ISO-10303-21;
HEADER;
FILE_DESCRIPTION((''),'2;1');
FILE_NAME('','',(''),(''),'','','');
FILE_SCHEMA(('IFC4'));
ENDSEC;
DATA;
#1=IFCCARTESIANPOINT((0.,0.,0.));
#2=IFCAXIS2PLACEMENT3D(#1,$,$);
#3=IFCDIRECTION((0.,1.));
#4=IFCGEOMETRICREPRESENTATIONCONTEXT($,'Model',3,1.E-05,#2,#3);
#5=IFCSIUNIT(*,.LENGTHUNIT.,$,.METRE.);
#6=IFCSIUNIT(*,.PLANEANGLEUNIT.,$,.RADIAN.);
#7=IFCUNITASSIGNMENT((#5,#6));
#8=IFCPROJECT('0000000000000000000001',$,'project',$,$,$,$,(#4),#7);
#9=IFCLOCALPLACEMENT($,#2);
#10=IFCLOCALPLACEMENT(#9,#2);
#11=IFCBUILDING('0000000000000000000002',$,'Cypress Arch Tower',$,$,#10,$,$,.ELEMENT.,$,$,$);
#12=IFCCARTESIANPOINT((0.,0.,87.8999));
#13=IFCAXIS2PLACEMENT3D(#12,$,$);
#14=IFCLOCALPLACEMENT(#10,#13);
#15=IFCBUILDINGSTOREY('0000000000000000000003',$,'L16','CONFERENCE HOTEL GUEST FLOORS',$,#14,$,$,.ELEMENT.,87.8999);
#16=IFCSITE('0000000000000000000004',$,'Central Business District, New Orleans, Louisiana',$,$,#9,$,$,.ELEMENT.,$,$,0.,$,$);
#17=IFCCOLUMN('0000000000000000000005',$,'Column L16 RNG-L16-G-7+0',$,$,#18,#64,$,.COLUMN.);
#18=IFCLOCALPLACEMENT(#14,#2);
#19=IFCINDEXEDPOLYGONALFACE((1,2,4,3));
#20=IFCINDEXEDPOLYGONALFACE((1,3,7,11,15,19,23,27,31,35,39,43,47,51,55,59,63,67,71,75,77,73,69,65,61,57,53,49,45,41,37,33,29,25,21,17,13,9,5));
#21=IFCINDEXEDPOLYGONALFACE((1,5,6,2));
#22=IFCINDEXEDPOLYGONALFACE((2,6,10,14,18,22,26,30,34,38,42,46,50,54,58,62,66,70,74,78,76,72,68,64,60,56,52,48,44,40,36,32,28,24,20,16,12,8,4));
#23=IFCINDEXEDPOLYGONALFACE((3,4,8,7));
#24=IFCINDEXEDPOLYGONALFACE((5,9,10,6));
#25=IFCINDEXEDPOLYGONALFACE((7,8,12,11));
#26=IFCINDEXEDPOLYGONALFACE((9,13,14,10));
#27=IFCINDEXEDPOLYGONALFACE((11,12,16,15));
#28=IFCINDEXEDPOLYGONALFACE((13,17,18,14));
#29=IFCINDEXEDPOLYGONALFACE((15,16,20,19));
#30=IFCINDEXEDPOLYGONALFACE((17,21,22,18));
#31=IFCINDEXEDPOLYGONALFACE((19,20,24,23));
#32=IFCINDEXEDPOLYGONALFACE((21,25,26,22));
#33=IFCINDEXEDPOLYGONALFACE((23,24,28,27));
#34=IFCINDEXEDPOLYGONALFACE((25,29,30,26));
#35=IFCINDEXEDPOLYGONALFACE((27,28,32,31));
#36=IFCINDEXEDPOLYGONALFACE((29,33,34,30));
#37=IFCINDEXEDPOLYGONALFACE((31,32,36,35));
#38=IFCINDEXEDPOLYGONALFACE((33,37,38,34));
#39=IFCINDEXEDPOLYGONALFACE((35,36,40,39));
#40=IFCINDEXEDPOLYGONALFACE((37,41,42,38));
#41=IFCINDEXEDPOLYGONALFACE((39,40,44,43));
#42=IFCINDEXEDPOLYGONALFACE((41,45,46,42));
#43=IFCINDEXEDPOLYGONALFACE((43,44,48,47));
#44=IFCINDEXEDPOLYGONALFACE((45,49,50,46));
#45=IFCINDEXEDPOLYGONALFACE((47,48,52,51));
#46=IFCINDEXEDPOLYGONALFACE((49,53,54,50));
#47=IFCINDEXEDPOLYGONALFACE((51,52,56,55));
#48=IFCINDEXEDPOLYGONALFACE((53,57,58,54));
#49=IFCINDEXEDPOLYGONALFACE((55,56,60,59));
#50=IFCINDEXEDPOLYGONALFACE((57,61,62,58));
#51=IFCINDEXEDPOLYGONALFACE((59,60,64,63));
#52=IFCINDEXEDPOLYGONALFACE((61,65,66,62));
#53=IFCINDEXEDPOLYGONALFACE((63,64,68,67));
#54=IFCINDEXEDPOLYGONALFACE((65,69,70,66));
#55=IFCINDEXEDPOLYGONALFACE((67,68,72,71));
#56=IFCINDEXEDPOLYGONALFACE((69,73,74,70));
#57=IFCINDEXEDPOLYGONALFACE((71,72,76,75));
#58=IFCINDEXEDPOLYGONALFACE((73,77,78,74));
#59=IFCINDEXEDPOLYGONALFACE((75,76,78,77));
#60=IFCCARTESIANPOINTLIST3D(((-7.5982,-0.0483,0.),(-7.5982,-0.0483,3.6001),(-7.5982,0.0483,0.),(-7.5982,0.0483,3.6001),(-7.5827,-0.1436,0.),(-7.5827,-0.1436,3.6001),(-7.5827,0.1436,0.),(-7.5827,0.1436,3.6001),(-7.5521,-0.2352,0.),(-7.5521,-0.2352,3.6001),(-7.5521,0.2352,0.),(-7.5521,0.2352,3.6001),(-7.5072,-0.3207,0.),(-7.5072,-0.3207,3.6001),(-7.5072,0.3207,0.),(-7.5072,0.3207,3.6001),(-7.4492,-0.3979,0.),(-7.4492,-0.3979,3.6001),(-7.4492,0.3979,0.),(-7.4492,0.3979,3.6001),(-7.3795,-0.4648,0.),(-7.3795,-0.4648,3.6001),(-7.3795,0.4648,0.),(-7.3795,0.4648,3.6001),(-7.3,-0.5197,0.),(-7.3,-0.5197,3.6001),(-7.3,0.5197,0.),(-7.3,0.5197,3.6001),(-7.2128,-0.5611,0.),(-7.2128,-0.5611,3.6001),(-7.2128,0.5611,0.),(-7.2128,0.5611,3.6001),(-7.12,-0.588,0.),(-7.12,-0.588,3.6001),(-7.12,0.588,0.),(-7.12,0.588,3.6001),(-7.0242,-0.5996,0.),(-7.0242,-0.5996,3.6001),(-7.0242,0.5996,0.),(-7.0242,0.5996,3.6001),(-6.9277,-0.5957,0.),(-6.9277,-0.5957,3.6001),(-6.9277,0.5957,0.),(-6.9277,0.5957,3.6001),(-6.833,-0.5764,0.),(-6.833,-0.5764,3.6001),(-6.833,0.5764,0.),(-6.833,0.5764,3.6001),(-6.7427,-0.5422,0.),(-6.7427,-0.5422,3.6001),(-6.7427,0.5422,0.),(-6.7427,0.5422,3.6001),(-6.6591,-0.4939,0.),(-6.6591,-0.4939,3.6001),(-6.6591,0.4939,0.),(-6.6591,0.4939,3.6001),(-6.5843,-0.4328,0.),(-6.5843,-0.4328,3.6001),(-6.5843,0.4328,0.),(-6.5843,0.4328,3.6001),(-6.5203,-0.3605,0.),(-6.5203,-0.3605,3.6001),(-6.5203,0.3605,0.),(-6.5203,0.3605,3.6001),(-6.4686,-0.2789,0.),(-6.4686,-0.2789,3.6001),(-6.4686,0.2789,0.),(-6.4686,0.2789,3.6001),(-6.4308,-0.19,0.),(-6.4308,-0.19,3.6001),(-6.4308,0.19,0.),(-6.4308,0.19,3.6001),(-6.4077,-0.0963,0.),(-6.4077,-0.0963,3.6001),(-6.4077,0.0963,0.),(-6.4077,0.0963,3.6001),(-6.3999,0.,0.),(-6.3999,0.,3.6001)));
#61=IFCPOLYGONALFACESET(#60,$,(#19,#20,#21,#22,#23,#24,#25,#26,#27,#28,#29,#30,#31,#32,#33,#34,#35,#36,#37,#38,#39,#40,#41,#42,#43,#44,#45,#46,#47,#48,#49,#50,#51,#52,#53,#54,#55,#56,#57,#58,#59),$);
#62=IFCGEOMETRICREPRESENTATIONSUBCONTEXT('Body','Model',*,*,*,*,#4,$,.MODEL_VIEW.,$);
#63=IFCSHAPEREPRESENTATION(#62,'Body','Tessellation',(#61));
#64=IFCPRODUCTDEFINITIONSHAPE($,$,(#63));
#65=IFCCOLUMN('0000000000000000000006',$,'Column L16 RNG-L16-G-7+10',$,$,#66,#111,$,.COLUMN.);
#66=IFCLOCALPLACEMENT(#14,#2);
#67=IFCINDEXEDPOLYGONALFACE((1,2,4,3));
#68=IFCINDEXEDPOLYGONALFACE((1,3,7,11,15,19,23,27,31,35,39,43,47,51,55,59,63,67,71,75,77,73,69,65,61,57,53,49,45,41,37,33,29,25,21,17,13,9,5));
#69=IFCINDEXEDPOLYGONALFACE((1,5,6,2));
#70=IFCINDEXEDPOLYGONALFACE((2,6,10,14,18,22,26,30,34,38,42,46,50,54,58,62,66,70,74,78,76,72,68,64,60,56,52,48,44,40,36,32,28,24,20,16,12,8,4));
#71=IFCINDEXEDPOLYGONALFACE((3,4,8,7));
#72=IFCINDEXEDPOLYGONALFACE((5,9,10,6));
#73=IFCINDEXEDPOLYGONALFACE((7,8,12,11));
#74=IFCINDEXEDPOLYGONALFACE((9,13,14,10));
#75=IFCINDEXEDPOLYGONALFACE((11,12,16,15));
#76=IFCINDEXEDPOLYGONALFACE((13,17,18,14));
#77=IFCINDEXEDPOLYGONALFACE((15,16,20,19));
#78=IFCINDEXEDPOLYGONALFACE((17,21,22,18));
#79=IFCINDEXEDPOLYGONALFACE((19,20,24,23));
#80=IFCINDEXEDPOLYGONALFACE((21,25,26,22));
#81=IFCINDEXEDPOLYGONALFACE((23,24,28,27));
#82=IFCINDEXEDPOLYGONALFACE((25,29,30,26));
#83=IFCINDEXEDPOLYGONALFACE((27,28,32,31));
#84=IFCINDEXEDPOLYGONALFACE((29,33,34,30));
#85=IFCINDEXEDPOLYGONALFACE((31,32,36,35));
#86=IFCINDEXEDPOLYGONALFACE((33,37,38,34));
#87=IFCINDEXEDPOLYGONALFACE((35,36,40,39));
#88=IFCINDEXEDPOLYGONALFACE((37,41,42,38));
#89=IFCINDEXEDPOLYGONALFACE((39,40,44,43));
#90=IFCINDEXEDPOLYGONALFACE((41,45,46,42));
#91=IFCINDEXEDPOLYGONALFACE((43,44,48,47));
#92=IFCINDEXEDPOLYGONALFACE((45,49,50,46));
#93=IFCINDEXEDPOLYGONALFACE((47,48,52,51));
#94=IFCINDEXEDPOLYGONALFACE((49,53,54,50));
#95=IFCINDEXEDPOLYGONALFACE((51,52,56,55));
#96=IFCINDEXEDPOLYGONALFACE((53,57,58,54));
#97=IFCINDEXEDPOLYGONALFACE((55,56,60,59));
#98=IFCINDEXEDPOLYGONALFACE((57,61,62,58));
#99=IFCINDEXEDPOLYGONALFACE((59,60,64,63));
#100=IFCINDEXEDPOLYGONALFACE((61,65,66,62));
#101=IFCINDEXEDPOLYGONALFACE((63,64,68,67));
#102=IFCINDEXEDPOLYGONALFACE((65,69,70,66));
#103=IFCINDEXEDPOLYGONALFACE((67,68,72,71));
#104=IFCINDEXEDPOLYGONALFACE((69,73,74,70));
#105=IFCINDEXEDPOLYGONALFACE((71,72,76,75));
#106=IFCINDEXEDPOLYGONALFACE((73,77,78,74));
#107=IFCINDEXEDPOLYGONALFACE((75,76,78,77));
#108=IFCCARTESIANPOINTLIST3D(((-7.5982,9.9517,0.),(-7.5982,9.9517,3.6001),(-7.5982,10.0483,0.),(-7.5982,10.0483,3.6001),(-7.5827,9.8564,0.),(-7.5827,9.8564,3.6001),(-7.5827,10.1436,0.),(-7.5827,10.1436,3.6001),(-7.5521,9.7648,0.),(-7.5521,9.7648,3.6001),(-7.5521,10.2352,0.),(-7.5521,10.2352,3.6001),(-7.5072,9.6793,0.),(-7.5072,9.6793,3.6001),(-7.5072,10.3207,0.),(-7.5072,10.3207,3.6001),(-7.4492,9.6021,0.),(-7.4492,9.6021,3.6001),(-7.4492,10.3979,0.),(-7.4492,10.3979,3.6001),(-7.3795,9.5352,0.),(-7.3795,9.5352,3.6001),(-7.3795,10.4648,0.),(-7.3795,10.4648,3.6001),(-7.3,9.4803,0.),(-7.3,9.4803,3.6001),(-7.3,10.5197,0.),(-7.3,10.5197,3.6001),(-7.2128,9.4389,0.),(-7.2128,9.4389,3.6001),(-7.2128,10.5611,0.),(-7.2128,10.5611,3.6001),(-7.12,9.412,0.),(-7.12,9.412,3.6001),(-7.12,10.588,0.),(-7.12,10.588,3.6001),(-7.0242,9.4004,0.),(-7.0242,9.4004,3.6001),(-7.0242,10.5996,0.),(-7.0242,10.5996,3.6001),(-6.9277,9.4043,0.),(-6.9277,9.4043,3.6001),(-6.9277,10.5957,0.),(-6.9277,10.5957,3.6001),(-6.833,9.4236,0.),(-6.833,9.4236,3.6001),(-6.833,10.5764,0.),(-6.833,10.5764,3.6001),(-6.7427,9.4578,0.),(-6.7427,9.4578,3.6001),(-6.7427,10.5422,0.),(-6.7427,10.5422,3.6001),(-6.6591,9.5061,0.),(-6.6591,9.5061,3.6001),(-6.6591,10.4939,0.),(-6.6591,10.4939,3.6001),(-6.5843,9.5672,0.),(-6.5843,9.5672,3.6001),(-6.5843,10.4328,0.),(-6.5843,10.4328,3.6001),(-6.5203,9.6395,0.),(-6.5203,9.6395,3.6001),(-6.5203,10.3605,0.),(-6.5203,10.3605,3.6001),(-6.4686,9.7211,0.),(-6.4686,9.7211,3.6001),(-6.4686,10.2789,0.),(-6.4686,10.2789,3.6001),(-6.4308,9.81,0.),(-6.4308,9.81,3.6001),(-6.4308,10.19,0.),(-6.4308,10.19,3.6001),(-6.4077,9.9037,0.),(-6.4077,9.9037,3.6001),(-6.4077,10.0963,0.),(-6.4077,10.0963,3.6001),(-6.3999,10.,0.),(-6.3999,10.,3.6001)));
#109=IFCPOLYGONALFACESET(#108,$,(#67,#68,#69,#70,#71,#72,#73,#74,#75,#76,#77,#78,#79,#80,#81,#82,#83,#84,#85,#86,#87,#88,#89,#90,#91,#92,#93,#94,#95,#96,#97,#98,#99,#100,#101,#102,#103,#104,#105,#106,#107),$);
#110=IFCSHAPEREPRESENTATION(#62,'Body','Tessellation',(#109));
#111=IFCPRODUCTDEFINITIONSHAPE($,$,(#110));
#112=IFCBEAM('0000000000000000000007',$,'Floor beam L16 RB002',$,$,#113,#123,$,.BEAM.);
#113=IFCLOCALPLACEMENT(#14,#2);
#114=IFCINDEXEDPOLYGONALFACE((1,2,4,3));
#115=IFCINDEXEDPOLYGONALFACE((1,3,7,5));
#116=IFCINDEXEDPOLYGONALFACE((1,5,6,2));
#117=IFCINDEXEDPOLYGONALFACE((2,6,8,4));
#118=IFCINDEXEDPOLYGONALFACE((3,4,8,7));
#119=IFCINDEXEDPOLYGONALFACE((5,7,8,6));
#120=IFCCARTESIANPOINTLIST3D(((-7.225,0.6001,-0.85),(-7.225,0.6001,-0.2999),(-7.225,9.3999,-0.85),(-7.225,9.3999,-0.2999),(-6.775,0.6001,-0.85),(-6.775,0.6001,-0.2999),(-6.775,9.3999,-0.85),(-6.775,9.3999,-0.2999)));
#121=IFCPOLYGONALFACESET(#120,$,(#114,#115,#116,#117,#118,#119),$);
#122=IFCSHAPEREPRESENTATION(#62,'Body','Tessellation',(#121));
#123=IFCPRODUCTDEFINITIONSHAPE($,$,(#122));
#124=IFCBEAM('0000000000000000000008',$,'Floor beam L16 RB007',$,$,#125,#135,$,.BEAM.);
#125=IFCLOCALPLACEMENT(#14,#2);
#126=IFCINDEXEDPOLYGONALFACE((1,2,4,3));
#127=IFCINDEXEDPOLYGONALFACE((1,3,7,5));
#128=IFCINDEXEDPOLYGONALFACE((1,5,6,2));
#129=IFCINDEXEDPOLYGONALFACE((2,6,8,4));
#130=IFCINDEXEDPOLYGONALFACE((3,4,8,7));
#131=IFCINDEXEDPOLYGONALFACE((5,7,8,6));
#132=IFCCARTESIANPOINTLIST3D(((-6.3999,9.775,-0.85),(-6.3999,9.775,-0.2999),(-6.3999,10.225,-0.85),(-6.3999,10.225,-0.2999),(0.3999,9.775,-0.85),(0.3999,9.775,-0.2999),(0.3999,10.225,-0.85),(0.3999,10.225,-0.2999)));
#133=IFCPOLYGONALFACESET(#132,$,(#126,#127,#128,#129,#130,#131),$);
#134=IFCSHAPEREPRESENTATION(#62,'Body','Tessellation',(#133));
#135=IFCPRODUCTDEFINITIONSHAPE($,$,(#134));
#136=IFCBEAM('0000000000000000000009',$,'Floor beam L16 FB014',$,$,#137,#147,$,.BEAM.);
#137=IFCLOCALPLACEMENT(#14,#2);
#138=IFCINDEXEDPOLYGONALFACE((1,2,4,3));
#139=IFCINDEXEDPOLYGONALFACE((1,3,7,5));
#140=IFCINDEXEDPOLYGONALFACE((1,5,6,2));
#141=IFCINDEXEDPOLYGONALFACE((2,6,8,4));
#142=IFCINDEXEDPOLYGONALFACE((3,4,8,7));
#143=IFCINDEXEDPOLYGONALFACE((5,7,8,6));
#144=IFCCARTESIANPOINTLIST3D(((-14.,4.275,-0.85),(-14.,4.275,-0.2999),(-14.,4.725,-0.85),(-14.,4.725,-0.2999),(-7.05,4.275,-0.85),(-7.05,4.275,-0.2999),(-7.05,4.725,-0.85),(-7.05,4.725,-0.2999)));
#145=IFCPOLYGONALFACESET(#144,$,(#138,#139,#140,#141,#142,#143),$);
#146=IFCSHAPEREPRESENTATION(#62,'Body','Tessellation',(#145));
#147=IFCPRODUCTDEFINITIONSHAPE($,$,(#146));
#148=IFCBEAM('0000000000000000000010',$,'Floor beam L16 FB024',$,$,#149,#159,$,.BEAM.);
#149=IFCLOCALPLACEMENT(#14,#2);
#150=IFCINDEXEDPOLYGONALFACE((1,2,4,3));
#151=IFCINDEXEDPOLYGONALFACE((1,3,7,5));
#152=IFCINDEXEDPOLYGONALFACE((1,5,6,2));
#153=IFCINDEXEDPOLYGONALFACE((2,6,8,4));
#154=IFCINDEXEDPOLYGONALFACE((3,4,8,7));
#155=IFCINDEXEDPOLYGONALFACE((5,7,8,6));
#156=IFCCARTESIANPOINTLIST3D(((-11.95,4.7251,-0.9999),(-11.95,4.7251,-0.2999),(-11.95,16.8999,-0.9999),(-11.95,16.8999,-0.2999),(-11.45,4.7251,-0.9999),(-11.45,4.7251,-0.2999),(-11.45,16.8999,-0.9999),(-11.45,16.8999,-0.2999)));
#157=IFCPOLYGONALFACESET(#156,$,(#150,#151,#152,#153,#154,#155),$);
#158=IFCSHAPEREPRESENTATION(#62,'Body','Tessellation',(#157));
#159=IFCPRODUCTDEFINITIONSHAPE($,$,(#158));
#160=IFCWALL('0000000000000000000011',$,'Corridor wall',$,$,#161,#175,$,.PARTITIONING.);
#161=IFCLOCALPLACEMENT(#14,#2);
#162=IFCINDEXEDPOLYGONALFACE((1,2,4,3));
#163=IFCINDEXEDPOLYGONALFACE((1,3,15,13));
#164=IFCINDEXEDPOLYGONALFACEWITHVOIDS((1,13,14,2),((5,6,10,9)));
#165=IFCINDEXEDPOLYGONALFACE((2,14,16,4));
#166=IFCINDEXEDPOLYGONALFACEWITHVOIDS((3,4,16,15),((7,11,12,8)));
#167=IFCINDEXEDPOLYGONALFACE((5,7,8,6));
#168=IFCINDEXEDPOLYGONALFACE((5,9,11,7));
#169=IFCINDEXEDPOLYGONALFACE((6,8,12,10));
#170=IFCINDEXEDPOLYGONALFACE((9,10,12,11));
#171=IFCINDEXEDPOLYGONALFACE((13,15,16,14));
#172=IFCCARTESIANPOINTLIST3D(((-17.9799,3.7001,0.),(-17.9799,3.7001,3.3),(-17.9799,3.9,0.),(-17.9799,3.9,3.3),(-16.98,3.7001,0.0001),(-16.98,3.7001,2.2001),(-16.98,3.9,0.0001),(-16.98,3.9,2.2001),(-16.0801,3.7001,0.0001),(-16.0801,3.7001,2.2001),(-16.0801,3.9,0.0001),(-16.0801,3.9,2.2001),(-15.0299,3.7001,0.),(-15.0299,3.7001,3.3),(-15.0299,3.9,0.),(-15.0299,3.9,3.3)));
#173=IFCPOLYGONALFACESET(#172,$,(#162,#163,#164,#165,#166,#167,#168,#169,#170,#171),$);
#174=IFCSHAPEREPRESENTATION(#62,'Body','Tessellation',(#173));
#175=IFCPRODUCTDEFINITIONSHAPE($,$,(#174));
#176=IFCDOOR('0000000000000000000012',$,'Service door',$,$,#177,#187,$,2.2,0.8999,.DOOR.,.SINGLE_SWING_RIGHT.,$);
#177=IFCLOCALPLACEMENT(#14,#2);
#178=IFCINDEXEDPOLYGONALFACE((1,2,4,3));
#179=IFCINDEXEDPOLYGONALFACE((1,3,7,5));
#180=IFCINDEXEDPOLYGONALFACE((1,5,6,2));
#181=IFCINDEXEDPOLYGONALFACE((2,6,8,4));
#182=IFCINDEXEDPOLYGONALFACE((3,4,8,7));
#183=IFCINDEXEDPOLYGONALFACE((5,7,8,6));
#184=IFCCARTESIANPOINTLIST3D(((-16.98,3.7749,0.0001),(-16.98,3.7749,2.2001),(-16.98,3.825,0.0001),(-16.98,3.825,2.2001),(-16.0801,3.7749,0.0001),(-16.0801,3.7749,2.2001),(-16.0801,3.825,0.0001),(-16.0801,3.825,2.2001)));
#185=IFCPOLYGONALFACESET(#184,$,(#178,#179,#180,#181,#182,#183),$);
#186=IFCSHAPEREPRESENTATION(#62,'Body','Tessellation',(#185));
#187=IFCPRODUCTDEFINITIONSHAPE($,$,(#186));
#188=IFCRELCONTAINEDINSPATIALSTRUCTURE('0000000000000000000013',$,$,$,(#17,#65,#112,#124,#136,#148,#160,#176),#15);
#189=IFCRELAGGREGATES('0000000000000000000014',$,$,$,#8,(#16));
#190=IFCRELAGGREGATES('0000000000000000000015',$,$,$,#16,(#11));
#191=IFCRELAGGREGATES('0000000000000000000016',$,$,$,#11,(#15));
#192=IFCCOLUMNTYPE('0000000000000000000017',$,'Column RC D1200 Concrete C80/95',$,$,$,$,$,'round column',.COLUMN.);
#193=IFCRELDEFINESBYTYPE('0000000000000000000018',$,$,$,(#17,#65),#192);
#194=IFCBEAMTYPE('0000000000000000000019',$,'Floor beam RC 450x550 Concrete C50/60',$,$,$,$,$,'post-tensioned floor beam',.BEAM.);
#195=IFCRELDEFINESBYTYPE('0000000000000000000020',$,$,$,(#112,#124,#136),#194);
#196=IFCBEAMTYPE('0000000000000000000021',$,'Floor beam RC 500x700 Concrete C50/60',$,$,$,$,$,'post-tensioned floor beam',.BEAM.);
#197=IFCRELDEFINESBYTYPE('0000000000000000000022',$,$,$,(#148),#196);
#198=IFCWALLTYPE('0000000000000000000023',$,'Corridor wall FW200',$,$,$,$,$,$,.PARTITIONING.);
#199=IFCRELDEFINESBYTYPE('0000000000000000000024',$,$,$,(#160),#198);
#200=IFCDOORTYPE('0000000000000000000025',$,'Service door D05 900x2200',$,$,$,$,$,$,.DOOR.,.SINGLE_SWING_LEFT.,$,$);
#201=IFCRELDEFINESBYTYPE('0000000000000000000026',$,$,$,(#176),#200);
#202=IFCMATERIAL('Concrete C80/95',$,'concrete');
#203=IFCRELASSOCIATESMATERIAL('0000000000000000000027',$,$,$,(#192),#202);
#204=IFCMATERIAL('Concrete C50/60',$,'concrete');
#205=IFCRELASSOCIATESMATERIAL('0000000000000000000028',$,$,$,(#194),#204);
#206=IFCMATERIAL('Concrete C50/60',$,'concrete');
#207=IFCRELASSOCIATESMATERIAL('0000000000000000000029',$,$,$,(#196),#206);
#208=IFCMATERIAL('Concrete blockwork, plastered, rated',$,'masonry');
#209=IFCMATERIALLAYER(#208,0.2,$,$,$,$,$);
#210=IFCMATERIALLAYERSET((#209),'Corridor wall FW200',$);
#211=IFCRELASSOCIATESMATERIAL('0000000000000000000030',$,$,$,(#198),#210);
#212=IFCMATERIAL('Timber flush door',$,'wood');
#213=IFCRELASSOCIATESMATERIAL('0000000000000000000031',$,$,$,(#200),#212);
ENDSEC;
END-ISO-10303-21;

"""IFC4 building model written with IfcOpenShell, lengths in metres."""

from ifc_helpers import new_model, si_unit, direction, frame, frame_2d, origin, origin_2d, place, context, subcontext, project, spatial, rectangle, circle, extrude, material, layer, layer_set, material_profile, profile_set, type_object, element, fill, save


model = new_model("IFC4")

# Units and contexts
model_context = context("Model", 3, precision=1e-05, world=origin(), true_north=direction((0.0, 1.0)))
body_context = subcontext(model_context, "Body", "Model", "MODEL_VIEW")
ifc_project = project(units=[si_unit("LENGTHUNIT", "METRE"), si_unit("PLANEANGLEUNIT", "RADIAN")], contexts=[model_context])

# Site, building, storey
site_placement = place(None, origin())
site = spatial("IfcSite", under=ifc_project, at=site_placement, Name="Central Business District, New Orleans, Louisiana", CompositionType="ELEMENT", RefElevation=0.0)
building_placement = place(site_placement, origin())
building = spatial("IfcBuilding", under=site, at=building_placement, Name="Cypress Arch Tower", CompositionType="ELEMENT")
storey_placement = place(building_placement, frame((0.0, 0.0, 87.8999)))
storey = spatial("IfcBuildingStorey", under=building, at=storey_placement, Name="L16", Description="CONFERENCE HOTEL GUEST FLOORS", CompositionType="ELEMENT", Elevation=87.8999)

# Columns
ifc_material_1 = material(Name="Concrete C80/95", Category="concrete")
ifc_material_profile_1 = material_profile(ifc_material_1, circle(Radius=0.6001, at=origin_2d()), Name="RC D1200")
ifc_profile_set_1 = profile_set([ifc_material_profile_1], Name="Concrete C80/95")
column_type = type_object("IfcColumnType", Name="Column RC D1200 Concrete C80/95", ElementType="round column", PredefinedType="COLUMN", material=ifc_profile_set_1)
for number, where, z_axis, x_axis, name in (
    (1, (-7.0, 0.0, 0.0), (0.0, 0.0, 1.0), (1.0, 0.0, 0.0), "Column L16 RNG-L16-G-7+0"),
    (2, (-7.0, 10.0, 0.0), (0.0, 0.0, 1.0), (1.0, 0.0, 0.0), "Column L16 RNG-L16-G-7+10"),
):
    element("IfcColumn", number, at=place(storey_placement, frame(where, z_axis=z_axis, x_axis=x_axis)), inside=storey, type_object=column_type, Name=name, PredefinedType="COLUMN", context=body_context, shape_type="SweptSolid", body=[
        extrude(circle(Radius=0.6001, at=origin_2d()), origin(), (0.0, 0.0, 1.0), 3.6001),
    ])

# Beams
ifc_material_2 = material(Name="Concrete C50/60", Category="concrete")
ifc_material_profile_2 = material_profile(ifc_material_2, rectangle(XDim=0.45, YDim=0.55, at=origin_2d()), Name="RC 450x550")
ifc_profile_set_2 = profile_set([ifc_material_profile_2], Name="Concrete C50/60")
beam_type_1 = type_object("IfcBeamType", Name="Floor beam RC 450x550 Concrete C50/60", ElementType="post-tensioned floor beam", PredefinedType="BEAM", material=ifc_profile_set_2)
beam_1_placement = place(storey_placement, frame((-7.0, 0.6001, -0.575), z_axis=(0.0, 1.0, 0.0), x_axis=(-1.0, 0.0, 0.0)))
element("IfcBeam", 3, at=beam_1_placement, inside=storey, type_object=beam_type_1, Name="Floor beam L16 RB002", PredefinedType="BEAM", context=body_context, shape_type="SweptSolid", body=[
    extrude(rectangle(XDim=0.45, YDim=0.55, at=origin_2d()), origin(), (0.0, 0.0, 1.0), 8.7998),
])
beam_2_placement = place(storey_placement, frame((-6.3999, 10.0, -0.575), z_axis=(1.0, 0.0, 0.0), x_axis=(0.0, 1.0, 0.0)))
element("IfcBeam", 4, at=beam_2_placement, inside=storey, type_object=beam_type_1, Name="Floor beam L16 RB007", PredefinedType="BEAM", context=body_context, shape_type="SweptSolid", body=[
    extrude(rectangle(XDim=0.45, YDim=0.55, at=origin_2d()), origin(), (0.0, 0.0, 1.0), 6.7998),
])
beam_3_placement = place(storey_placement, frame((-14.0, 4.5, -0.575), z_axis=(1.0, 0.0, 0.0), x_axis=(0.0, 1.0, 0.0)))
element("IfcBeam", 5, at=beam_3_placement, inside=storey, type_object=beam_type_1, Name="Floor beam L16 FB014", PredefinedType="BEAM", context=body_context, shape_type="SweptSolid", body=[
    extrude(rectangle(XDim=0.45, YDim=0.55, at=origin_2d()), origin(), (0.0, 0.0, 1.0), 6.95),
])
ifc_material_3 = material(Name="Concrete C50/60", Category="concrete")
ifc_material_profile_3 = material_profile(ifc_material_3, rectangle(XDim=0.5, YDim=0.7, at=origin_2d()), Name="RC 500x700")
ifc_profile_set_3 = profile_set([ifc_material_profile_3], Name="Concrete C50/60")
beam_type_2 = type_object("IfcBeamType", Name="Floor beam RC 500x700 Concrete C50/60", ElementType="post-tensioned floor beam", PredefinedType="BEAM", material=ifc_profile_set_3)
beam_4_placement = place(storey_placement, frame((-11.7, 4.7251, -0.6499), z_axis=(0.0, 1.0, 0.0), x_axis=(-1.0, 0.0, 0.0)))
element("IfcBeam", 6, at=beam_4_placement, inside=storey, type_object=beam_type_2, Name="Floor beam L16 FB024", PredefinedType="BEAM", context=body_context, shape_type="SweptSolid", body=[
    extrude(rectangle(XDim=0.5, YDim=0.7, at=origin_2d()), origin(), (0.0, 0.0, 1.0), 12.1748),
])

# Wall, opening, door
ifc_material_4 = material(Name="Concrete blockwork, plastered, rated", Category="masonry")
ifc_layer_1 = layer(ifc_material_4, 0.2)
ifc_layer_set_1 = layer_set([ifc_layer_1], Name="Corridor wall FW200")
wall_type_1 = type_object("IfcWallType", Name="Corridor wall FW200", PredefinedType="PARTITIONING", material=ifc_layer_set_1)
wall_1_placement = place(storey_placement, frame((-17.98, 3.8, 0.0), z_axis=(0.0, 0.0, 1.0), x_axis=(1.0, 0.0, 0.0)))
wall_1 = element("IfcWall", 7, at=wall_1_placement, inside=storey, type_object=wall_type_1, Name="Corridor wall", PredefinedType="PARTITIONING", context=body_context, shape_type="SweptSolid", body=[
    extrude(rectangle(XDim=2.95, YDim=0.2, at=frame_2d((1.4751, 0.0))), origin(), (0.0, 0.0, 1.0), 3.3),
])
opening_1_placement = place(wall_1_placement, frame((1.0, 0.0, 0.0)))
opening_1 = element("IfcOpeningElement", 8, at=opening_1_placement, cuts=wall_1, PredefinedType="OPENING", context=body_context, shape_type="SweptSolid", body=[
    extrude(rectangle(XDim=0.8999, YDim=2.2, at=frame_2d((0.45, 1.1001))), frame((0.0, 0.1099, 0.0), z_axis=(0.0, -1.0, 0.0), x_axis=(1.0, 0.0, 0.0)), (0.0, 0.0, 1.0), 0.22),
])
ifc_material_5 = material(Name="Timber flush door", Category="wood")
door_type_1 = type_object("IfcDoorType", Name="Service door D05 900x2200", OperationType="SINGLE_SWING_LEFT", PredefinedType="DOOR", material=ifc_material_5)
door_1_placement = place(opening_1_placement, origin())
door_1 = element("IfcDoor", 9, at=door_1_placement, inside=storey, type_object=door_type_1, Name="Service door", OperationType="SINGLE_SWING_RIGHT", OverallHeight=2.2, OverallWidth=0.8999, PredefinedType="DOOR", context=body_context, shape_type="SweptSolid", body=[
    extrude(rectangle(XDim=0.8999, YDim=2.2, at=frame_2d((0.45, 1.1001))), frame((0.0, 0.0249, 0.0), z_axis=(0.0, -1.0, 0.0), x_axis=(1.0, 0.0, 0.0)), (0.0, 0.0, 1.0), 0.05),
])
fill(opening_1, door_1)

save(model, "model.ifc")
